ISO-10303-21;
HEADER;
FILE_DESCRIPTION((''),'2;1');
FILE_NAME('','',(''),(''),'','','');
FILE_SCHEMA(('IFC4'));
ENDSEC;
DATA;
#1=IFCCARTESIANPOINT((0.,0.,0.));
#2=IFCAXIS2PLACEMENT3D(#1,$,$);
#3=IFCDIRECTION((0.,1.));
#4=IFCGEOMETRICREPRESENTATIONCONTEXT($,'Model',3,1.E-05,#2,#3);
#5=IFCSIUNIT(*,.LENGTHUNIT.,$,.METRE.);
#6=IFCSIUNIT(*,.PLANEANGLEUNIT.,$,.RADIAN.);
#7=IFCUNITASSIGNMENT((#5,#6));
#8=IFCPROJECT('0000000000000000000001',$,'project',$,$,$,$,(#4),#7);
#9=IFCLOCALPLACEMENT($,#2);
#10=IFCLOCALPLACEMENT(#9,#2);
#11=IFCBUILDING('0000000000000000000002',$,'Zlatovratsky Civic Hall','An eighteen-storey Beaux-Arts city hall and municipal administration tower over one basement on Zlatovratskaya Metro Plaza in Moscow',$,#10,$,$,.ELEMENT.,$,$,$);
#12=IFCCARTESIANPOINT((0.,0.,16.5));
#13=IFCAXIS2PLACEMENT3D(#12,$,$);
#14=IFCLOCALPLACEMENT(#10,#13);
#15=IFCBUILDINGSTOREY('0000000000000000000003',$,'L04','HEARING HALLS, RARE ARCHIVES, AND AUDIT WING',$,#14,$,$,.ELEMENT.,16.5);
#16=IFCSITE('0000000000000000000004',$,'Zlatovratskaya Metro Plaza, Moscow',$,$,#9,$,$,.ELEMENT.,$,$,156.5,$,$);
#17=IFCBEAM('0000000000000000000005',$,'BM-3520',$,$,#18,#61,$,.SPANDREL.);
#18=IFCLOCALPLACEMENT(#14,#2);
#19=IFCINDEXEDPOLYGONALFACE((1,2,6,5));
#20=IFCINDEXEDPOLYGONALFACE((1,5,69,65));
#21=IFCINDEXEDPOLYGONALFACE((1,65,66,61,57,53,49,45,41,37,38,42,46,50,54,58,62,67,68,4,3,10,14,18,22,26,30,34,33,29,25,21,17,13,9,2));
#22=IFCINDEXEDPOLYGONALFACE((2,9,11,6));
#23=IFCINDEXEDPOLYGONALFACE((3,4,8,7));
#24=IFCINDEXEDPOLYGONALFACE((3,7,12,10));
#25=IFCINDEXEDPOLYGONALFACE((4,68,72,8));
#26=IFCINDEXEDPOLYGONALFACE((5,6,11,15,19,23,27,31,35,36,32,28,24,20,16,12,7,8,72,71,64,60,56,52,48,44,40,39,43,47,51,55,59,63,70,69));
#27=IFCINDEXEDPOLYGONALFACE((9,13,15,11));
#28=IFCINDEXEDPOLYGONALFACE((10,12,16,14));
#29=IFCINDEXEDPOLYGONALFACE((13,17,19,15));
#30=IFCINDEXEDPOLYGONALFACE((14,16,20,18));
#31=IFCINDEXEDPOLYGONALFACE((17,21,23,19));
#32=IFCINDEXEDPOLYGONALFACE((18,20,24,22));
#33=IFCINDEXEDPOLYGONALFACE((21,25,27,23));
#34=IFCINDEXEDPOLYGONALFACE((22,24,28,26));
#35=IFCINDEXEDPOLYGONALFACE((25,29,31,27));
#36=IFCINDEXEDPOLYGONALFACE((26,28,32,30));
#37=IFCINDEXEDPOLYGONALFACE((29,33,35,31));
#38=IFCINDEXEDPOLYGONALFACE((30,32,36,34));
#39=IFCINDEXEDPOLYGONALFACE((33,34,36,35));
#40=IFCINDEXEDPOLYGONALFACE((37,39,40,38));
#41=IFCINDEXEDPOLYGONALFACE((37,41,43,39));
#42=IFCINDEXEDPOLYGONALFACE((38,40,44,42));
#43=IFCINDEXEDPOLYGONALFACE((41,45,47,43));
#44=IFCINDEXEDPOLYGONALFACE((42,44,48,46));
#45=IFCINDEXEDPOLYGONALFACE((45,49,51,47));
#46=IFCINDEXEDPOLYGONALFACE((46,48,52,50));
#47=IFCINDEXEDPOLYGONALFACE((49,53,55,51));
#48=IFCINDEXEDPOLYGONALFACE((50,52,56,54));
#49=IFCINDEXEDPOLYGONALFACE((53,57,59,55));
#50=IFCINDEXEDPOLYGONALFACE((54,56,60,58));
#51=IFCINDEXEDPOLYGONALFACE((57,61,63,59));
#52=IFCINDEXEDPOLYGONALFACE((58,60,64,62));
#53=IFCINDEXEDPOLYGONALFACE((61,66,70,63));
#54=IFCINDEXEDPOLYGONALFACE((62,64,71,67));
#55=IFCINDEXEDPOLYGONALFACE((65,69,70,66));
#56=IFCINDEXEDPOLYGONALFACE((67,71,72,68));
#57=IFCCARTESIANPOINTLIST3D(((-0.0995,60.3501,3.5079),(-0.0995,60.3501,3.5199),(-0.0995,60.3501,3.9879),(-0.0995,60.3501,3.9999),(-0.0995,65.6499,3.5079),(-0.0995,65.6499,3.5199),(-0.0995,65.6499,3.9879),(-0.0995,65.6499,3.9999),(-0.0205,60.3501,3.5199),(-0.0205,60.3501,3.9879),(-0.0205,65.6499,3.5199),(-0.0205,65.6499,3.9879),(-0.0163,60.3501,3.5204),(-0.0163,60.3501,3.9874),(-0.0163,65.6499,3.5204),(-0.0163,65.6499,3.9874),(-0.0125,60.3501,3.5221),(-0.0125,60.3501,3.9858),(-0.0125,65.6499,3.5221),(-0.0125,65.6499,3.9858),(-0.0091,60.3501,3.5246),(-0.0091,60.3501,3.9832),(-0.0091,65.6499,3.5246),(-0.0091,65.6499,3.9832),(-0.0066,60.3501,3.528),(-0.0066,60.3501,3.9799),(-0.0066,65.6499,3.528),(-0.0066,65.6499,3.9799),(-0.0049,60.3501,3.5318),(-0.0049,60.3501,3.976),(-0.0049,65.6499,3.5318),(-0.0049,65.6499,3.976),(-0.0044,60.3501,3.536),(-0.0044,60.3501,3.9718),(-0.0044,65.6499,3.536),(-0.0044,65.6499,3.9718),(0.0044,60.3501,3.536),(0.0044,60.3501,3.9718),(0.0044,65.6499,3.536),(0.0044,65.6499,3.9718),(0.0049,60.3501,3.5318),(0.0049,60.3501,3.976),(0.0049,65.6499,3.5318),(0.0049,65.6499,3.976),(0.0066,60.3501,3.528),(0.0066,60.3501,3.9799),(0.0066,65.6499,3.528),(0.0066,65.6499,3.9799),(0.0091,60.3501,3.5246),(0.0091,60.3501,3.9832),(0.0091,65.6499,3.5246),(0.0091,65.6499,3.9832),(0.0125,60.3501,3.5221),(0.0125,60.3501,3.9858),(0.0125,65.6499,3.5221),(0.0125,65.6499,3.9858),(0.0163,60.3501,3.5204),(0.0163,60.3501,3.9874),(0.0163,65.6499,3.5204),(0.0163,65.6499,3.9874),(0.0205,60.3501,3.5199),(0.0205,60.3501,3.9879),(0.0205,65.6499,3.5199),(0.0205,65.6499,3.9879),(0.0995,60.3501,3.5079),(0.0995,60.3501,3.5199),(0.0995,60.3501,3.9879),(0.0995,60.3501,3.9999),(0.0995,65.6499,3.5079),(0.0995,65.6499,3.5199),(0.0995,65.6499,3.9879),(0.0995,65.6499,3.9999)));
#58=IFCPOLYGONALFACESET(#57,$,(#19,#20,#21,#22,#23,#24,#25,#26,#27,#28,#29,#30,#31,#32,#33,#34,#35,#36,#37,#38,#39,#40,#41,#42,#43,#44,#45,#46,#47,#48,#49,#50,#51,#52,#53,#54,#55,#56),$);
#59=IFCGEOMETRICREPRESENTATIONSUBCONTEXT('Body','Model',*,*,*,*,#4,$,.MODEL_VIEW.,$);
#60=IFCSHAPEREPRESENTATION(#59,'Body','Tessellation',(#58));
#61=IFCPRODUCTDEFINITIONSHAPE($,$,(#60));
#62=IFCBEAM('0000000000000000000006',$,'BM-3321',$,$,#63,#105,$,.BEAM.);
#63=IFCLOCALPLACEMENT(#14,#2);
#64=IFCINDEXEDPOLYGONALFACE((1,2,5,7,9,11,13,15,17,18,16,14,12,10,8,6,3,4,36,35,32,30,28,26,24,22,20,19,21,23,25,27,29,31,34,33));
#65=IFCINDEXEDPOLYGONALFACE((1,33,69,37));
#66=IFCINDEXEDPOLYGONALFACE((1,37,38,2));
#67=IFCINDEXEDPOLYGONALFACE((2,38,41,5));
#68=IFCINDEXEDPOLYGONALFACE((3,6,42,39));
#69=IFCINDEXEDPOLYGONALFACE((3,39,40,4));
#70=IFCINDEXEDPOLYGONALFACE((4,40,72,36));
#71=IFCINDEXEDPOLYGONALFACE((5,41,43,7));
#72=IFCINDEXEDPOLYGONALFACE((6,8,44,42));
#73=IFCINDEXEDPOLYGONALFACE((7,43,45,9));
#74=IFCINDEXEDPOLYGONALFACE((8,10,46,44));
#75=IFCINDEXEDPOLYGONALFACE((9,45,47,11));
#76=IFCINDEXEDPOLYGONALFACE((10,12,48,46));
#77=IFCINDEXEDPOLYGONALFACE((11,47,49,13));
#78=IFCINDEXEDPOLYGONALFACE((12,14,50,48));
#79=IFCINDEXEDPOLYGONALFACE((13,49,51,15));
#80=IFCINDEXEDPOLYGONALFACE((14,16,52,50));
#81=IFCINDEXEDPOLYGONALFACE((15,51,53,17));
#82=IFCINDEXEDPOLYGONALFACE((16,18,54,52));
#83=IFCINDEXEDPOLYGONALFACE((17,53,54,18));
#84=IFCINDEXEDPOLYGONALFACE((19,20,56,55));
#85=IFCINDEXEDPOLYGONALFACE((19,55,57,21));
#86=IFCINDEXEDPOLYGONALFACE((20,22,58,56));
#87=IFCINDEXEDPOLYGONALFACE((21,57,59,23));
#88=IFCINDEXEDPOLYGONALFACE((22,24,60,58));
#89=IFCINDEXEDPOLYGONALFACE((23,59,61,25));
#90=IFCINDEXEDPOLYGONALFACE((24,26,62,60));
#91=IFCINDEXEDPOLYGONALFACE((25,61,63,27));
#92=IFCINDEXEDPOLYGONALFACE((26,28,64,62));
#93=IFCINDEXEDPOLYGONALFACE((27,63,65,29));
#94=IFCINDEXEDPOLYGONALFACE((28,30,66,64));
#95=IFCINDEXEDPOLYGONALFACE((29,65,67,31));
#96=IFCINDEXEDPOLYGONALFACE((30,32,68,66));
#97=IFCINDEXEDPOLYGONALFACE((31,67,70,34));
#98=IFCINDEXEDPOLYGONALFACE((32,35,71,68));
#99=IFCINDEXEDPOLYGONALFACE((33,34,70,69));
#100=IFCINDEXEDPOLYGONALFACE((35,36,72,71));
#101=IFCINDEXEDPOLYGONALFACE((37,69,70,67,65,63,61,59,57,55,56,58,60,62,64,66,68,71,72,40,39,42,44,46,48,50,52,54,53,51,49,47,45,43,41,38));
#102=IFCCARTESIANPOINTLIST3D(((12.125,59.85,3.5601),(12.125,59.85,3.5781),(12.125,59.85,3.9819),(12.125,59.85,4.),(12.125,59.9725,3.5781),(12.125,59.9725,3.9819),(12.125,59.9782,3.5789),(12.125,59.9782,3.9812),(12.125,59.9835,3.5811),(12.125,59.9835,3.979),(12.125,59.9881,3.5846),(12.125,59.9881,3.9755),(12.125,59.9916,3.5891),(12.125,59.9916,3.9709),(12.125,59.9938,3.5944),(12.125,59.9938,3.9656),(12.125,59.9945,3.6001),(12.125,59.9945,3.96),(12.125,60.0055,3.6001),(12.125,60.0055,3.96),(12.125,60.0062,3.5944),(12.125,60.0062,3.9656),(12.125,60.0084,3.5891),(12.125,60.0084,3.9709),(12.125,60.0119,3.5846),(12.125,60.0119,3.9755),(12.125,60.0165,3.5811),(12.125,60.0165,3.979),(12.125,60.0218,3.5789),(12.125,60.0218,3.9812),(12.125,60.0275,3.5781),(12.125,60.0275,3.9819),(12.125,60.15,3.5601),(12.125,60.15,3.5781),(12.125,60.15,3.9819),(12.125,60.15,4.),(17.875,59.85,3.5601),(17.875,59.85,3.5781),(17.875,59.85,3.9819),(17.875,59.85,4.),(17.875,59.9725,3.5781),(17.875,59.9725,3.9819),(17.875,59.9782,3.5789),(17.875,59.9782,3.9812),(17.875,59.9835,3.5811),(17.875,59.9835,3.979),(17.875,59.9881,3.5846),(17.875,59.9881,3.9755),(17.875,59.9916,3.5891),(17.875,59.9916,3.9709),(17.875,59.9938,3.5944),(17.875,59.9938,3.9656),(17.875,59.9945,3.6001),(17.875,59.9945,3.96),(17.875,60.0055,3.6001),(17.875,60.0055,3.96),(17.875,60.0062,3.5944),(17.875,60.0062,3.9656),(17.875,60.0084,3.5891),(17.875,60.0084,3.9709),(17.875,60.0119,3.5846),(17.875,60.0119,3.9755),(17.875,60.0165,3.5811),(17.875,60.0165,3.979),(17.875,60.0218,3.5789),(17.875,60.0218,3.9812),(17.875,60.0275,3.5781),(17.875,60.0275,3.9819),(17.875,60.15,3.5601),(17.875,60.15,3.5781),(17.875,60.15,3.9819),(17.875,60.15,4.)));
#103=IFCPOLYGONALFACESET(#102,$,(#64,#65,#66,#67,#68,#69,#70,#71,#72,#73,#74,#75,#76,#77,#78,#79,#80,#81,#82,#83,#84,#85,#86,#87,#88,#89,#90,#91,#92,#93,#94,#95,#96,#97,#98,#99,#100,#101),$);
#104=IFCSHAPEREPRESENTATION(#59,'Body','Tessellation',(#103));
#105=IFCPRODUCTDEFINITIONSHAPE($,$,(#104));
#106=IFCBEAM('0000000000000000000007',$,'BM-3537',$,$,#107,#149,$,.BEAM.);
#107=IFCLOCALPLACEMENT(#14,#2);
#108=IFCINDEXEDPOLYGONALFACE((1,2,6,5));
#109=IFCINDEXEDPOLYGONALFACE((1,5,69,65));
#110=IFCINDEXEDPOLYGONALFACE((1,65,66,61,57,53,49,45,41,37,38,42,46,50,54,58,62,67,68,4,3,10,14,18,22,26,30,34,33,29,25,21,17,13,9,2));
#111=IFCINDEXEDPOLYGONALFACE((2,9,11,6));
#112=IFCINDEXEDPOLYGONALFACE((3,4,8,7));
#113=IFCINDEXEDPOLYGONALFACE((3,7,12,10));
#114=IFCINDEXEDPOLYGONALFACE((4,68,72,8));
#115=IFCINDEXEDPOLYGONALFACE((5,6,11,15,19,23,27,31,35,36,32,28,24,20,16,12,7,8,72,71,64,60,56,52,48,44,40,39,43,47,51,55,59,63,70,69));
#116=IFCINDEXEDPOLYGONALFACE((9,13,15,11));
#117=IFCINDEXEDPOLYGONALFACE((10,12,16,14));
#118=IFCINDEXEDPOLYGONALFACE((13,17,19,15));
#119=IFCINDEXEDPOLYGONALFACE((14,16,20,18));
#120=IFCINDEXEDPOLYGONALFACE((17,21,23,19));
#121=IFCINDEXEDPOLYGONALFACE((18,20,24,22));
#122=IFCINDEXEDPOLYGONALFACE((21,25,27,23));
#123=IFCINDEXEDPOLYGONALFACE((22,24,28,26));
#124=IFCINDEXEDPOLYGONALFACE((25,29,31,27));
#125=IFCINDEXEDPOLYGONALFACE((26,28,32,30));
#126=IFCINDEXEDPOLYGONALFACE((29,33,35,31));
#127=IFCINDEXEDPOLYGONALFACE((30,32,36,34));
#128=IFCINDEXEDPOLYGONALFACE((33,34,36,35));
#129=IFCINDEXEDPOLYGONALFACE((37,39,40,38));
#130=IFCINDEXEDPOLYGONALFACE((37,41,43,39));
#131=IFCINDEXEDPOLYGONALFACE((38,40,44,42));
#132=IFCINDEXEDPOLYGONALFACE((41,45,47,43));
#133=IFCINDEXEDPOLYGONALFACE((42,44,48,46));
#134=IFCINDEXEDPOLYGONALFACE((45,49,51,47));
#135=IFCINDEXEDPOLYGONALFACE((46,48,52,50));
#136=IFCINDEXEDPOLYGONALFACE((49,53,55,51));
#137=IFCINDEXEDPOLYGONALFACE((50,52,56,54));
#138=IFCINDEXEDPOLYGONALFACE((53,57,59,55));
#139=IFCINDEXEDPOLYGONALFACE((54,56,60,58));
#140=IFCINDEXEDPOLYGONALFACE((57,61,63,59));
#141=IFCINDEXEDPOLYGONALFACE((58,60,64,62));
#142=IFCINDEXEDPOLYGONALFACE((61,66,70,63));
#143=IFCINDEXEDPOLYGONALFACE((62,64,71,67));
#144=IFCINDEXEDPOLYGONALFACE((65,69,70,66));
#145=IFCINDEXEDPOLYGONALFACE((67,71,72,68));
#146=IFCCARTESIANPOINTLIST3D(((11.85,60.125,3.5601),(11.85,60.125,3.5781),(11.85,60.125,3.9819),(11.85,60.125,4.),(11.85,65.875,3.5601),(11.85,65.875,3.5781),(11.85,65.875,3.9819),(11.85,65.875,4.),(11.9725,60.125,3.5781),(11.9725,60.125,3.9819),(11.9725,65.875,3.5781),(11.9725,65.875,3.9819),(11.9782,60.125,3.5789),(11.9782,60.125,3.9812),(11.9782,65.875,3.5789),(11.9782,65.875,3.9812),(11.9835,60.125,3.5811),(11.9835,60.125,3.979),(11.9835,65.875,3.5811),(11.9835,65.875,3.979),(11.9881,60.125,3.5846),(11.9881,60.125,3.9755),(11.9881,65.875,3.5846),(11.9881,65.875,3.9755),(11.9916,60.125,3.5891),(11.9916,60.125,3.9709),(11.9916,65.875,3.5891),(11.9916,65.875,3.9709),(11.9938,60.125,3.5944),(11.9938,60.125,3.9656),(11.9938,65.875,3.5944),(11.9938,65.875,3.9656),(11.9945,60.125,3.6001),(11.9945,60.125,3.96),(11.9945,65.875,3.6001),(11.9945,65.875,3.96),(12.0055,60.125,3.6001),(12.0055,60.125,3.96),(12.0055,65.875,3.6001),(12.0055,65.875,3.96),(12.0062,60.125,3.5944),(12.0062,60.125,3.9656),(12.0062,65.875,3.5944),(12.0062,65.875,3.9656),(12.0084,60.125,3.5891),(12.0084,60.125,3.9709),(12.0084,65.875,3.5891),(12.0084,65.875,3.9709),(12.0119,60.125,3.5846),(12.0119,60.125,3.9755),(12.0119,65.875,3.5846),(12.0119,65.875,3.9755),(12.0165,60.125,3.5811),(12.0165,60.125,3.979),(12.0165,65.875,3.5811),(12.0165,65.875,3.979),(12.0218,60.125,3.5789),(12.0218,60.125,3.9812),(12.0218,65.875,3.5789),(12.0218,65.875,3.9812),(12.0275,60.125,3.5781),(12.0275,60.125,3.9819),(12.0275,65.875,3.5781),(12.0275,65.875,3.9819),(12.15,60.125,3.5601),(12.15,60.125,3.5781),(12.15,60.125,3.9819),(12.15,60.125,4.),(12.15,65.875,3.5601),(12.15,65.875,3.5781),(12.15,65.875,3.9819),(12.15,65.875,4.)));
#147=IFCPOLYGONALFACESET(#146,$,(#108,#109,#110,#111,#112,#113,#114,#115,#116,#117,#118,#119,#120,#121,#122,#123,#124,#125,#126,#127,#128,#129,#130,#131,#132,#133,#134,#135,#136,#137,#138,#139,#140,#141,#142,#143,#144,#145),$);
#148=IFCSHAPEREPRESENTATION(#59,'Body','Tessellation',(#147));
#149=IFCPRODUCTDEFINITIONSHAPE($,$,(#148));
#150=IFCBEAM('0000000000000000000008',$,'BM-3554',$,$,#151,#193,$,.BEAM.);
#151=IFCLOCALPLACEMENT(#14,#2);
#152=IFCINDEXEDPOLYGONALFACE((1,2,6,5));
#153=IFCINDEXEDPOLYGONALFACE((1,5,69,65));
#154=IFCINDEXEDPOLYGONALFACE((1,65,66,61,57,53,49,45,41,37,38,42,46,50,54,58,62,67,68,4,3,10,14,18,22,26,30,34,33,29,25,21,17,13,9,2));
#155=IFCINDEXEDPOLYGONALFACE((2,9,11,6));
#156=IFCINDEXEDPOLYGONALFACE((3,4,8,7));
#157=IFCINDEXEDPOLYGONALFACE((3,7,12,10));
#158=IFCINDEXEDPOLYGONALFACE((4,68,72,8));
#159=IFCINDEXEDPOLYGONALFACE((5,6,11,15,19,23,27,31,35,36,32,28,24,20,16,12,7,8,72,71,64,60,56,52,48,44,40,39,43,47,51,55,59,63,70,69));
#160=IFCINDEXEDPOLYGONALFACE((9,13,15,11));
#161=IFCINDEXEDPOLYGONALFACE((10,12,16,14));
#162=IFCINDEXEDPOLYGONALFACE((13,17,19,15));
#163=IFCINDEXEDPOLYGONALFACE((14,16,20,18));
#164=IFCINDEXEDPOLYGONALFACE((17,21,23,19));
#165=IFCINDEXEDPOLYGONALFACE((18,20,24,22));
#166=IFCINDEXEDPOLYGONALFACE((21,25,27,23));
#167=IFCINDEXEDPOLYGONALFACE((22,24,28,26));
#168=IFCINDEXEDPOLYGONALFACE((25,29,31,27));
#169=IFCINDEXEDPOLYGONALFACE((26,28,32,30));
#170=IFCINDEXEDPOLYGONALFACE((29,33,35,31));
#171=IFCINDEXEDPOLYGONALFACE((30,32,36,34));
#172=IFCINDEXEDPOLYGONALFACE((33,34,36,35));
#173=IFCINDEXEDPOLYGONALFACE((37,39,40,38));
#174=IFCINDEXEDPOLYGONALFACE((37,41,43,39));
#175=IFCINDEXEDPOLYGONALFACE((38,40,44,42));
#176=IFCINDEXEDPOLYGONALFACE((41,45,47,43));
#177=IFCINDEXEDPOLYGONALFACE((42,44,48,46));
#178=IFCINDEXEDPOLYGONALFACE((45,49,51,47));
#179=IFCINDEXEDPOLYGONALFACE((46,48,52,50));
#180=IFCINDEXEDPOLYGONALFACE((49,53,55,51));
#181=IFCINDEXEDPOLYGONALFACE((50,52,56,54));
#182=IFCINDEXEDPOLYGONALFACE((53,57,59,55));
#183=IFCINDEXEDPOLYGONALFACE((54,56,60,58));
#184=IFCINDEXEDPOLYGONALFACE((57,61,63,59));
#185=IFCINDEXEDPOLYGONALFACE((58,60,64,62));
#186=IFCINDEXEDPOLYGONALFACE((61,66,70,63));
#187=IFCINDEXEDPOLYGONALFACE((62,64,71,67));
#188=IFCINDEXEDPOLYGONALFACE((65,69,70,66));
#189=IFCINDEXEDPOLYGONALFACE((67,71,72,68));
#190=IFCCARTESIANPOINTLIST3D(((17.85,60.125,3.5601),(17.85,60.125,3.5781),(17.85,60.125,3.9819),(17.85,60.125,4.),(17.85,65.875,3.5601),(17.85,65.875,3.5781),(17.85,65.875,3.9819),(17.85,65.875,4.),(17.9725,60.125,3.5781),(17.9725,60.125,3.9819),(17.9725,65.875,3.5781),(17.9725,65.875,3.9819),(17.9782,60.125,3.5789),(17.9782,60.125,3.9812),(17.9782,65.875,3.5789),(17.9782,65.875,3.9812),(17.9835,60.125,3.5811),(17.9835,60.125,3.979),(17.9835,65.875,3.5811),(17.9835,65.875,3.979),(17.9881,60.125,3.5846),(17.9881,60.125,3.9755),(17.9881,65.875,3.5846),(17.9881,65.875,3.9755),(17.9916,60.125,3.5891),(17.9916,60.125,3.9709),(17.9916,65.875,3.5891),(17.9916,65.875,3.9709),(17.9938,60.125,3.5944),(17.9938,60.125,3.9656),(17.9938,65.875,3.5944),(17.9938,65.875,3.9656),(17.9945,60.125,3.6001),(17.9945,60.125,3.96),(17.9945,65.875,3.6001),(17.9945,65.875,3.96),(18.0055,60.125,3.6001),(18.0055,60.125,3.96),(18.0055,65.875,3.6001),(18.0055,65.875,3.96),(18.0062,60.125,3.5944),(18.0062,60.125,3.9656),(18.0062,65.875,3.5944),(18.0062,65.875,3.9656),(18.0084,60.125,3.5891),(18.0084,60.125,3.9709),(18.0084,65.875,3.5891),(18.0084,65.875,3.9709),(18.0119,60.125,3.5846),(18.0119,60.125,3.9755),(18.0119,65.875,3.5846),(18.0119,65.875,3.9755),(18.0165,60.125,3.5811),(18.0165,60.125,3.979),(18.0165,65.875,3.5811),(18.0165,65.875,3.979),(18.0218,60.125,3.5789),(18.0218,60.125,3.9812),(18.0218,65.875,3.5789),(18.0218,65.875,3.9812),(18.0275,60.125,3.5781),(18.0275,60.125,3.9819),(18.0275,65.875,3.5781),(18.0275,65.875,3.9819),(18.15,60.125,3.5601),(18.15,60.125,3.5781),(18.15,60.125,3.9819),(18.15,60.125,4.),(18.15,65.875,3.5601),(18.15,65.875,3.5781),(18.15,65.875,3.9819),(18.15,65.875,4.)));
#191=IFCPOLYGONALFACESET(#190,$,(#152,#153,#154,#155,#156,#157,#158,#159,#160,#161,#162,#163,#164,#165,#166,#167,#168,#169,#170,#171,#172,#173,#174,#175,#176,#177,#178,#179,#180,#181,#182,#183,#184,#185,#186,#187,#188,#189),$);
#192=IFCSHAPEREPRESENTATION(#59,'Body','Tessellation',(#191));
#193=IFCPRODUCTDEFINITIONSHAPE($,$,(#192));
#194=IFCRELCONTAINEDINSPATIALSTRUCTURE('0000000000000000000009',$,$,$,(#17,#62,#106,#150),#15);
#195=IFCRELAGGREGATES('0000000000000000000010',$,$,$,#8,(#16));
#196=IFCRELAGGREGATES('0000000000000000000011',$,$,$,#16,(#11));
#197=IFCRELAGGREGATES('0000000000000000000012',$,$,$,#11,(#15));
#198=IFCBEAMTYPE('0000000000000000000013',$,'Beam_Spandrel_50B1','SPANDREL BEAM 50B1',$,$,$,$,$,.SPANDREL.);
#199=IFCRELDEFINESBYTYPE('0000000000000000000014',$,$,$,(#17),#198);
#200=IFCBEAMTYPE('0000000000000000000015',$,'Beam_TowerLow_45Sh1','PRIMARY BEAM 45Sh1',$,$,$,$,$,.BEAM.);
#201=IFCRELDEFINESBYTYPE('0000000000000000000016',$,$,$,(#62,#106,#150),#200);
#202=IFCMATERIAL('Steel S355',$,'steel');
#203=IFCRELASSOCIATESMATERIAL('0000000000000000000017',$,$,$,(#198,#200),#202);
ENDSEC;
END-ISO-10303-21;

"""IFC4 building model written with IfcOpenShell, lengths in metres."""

from ifc_helpers import new_model, si_unit, direction, frame, origin, origin_2d, place, context, subcontext, project, spatial, i_section, extrude, material, material_profile, profile_set, type_object, element, save


model = new_model("IFC4")

# Units and contexts
model_context = context("Model", 3, precision=1e-05, world=origin(), true_north=direction((0.0, 1.0)))
body_context = subcontext(model_context, "Body", "Model", "MODEL_VIEW")
ifc_project = project(units=[si_unit("LENGTHUNIT", "METRE"), si_unit("PLANEANGLEUNIT", "RADIAN")], contexts=[model_context])

# Site, building, storey
site_placement = place(None, origin())
site = spatial("IfcSite", under=ifc_project, at=site_placement, Name="Zlatovratskaya Metro Plaza, Moscow", CompositionType="ELEMENT", RefElevation=156.5)
building_placement = place(site_placement, origin())
building = spatial("IfcBuilding", under=site, at=building_placement, Name="Zlatovratsky Civic Hall", Description="An eighteen-storey Beaux-Arts city hall and municipal administration tower over one basement on Zlatovratskaya Metro Plaza in Moscow", CompositionType="ELEMENT")
storey_placement = place(building_placement, frame((0.0, 0.0, 16.5)))
storey = spatial("IfcBuildingStorey", under=building, at=storey_placement, Name="L04", Description="HEARING HALLS, RARE ARCHIVES, AND AUDIT WING", CompositionType="ELEMENT", Elevation=16.5)

# Shared definitions
ifc_material_1 = material(Name="Steel S355", Category="steel")

# Beams
ifc_material_profile_1 = material_profile(ifc_material_1, i_section(OverallWidth=0.199, OverallDepth=0.4919, WebThickness=0.0088, FlangeThickness=0.012, FilletRadius=0.0161, at=origin_2d()), Name="50B1")
ifc_profile_set_1 = profile_set([ifc_material_profile_1], Name="Steel S355")
beam_type_1 = type_object("IfcBeamType", Name="Beam_Spandrel_50B1", Description="SPANDREL BEAM 50B1", PredefinedType="SPANDREL", material=ifc_profile_set_1)
beam_1_placement = place(storey_placement, frame((0.0, 60.3501, 3.7539), z_axis=(0.0, 1.0, 0.0), x_axis=(-1.0, 0.0, 0.0)))
element("IfcBeam", 1, at=beam_1_placement, inside=storey, type_object=beam_type_1, Name="BM-3520", PredefinedType="SPANDREL", context=body_context, shape_type="SweptSolid", body=[
    extrude(i_section(OverallWidth=0.199, OverallDepth=0.4919, WebThickness=0.0088, FlangeThickness=0.012, FilletRadius=0.0161, at=origin_2d()), origin(), (0.0, 0.0, 1.0), 5.2998),
])
ifc_material_profile_2 = material_profile(ifc_material_1, i_section(OverallWidth=0.3, OverallDepth=0.4399, WebThickness=0.011, FlangeThickness=0.0181, FilletRadius=0.022, at=origin_2d()), Name="45Sh1")
ifc_profile_set_2 = profile_set([ifc_material_profile_2], Name="Steel S355")
beam_type_2 = type_object("IfcBeamType", Name="Beam_TowerLow_45Sh1", Description="PRIMARY BEAM 45Sh1", PredefinedType="BEAM", material=ifc_profile_set_2)
for number, where, z_axis, x_axis, name in (
    (2, (12.125, 60.0, 3.78), (1.0, 0.0, 0.0), (0.0, 1.0, 0.0), "BM-3321"),
    (3, (12.0, 60.125, 3.78), (0.0, 1.0, 0.0), (-1.0, 0.0, 0.0), "BM-3537"),
    (4, (18.0, 60.125, 3.78), (0.0, 1.0, 0.0), (-1.0, 0.0, 0.0), "BM-3554"),
):
    element("IfcBeam", number, at=place(storey_placement, frame(where, z_axis=z_axis, x_axis=x_axis)), inside=storey, type_object=beam_type_2, Name=name, PredefinedType="BEAM", context=body_context, shape_type="SweptSolid", body=[
        extrude(i_section(OverallWidth=0.3, OverallDepth=0.4399, WebThickness=0.011, FlangeThickness=0.0181, FilletRadius=0.022, at=origin_2d()), origin(), (0.0, 0.0, 1.0), 5.75),
    ])

save(model, "model.ifc")
